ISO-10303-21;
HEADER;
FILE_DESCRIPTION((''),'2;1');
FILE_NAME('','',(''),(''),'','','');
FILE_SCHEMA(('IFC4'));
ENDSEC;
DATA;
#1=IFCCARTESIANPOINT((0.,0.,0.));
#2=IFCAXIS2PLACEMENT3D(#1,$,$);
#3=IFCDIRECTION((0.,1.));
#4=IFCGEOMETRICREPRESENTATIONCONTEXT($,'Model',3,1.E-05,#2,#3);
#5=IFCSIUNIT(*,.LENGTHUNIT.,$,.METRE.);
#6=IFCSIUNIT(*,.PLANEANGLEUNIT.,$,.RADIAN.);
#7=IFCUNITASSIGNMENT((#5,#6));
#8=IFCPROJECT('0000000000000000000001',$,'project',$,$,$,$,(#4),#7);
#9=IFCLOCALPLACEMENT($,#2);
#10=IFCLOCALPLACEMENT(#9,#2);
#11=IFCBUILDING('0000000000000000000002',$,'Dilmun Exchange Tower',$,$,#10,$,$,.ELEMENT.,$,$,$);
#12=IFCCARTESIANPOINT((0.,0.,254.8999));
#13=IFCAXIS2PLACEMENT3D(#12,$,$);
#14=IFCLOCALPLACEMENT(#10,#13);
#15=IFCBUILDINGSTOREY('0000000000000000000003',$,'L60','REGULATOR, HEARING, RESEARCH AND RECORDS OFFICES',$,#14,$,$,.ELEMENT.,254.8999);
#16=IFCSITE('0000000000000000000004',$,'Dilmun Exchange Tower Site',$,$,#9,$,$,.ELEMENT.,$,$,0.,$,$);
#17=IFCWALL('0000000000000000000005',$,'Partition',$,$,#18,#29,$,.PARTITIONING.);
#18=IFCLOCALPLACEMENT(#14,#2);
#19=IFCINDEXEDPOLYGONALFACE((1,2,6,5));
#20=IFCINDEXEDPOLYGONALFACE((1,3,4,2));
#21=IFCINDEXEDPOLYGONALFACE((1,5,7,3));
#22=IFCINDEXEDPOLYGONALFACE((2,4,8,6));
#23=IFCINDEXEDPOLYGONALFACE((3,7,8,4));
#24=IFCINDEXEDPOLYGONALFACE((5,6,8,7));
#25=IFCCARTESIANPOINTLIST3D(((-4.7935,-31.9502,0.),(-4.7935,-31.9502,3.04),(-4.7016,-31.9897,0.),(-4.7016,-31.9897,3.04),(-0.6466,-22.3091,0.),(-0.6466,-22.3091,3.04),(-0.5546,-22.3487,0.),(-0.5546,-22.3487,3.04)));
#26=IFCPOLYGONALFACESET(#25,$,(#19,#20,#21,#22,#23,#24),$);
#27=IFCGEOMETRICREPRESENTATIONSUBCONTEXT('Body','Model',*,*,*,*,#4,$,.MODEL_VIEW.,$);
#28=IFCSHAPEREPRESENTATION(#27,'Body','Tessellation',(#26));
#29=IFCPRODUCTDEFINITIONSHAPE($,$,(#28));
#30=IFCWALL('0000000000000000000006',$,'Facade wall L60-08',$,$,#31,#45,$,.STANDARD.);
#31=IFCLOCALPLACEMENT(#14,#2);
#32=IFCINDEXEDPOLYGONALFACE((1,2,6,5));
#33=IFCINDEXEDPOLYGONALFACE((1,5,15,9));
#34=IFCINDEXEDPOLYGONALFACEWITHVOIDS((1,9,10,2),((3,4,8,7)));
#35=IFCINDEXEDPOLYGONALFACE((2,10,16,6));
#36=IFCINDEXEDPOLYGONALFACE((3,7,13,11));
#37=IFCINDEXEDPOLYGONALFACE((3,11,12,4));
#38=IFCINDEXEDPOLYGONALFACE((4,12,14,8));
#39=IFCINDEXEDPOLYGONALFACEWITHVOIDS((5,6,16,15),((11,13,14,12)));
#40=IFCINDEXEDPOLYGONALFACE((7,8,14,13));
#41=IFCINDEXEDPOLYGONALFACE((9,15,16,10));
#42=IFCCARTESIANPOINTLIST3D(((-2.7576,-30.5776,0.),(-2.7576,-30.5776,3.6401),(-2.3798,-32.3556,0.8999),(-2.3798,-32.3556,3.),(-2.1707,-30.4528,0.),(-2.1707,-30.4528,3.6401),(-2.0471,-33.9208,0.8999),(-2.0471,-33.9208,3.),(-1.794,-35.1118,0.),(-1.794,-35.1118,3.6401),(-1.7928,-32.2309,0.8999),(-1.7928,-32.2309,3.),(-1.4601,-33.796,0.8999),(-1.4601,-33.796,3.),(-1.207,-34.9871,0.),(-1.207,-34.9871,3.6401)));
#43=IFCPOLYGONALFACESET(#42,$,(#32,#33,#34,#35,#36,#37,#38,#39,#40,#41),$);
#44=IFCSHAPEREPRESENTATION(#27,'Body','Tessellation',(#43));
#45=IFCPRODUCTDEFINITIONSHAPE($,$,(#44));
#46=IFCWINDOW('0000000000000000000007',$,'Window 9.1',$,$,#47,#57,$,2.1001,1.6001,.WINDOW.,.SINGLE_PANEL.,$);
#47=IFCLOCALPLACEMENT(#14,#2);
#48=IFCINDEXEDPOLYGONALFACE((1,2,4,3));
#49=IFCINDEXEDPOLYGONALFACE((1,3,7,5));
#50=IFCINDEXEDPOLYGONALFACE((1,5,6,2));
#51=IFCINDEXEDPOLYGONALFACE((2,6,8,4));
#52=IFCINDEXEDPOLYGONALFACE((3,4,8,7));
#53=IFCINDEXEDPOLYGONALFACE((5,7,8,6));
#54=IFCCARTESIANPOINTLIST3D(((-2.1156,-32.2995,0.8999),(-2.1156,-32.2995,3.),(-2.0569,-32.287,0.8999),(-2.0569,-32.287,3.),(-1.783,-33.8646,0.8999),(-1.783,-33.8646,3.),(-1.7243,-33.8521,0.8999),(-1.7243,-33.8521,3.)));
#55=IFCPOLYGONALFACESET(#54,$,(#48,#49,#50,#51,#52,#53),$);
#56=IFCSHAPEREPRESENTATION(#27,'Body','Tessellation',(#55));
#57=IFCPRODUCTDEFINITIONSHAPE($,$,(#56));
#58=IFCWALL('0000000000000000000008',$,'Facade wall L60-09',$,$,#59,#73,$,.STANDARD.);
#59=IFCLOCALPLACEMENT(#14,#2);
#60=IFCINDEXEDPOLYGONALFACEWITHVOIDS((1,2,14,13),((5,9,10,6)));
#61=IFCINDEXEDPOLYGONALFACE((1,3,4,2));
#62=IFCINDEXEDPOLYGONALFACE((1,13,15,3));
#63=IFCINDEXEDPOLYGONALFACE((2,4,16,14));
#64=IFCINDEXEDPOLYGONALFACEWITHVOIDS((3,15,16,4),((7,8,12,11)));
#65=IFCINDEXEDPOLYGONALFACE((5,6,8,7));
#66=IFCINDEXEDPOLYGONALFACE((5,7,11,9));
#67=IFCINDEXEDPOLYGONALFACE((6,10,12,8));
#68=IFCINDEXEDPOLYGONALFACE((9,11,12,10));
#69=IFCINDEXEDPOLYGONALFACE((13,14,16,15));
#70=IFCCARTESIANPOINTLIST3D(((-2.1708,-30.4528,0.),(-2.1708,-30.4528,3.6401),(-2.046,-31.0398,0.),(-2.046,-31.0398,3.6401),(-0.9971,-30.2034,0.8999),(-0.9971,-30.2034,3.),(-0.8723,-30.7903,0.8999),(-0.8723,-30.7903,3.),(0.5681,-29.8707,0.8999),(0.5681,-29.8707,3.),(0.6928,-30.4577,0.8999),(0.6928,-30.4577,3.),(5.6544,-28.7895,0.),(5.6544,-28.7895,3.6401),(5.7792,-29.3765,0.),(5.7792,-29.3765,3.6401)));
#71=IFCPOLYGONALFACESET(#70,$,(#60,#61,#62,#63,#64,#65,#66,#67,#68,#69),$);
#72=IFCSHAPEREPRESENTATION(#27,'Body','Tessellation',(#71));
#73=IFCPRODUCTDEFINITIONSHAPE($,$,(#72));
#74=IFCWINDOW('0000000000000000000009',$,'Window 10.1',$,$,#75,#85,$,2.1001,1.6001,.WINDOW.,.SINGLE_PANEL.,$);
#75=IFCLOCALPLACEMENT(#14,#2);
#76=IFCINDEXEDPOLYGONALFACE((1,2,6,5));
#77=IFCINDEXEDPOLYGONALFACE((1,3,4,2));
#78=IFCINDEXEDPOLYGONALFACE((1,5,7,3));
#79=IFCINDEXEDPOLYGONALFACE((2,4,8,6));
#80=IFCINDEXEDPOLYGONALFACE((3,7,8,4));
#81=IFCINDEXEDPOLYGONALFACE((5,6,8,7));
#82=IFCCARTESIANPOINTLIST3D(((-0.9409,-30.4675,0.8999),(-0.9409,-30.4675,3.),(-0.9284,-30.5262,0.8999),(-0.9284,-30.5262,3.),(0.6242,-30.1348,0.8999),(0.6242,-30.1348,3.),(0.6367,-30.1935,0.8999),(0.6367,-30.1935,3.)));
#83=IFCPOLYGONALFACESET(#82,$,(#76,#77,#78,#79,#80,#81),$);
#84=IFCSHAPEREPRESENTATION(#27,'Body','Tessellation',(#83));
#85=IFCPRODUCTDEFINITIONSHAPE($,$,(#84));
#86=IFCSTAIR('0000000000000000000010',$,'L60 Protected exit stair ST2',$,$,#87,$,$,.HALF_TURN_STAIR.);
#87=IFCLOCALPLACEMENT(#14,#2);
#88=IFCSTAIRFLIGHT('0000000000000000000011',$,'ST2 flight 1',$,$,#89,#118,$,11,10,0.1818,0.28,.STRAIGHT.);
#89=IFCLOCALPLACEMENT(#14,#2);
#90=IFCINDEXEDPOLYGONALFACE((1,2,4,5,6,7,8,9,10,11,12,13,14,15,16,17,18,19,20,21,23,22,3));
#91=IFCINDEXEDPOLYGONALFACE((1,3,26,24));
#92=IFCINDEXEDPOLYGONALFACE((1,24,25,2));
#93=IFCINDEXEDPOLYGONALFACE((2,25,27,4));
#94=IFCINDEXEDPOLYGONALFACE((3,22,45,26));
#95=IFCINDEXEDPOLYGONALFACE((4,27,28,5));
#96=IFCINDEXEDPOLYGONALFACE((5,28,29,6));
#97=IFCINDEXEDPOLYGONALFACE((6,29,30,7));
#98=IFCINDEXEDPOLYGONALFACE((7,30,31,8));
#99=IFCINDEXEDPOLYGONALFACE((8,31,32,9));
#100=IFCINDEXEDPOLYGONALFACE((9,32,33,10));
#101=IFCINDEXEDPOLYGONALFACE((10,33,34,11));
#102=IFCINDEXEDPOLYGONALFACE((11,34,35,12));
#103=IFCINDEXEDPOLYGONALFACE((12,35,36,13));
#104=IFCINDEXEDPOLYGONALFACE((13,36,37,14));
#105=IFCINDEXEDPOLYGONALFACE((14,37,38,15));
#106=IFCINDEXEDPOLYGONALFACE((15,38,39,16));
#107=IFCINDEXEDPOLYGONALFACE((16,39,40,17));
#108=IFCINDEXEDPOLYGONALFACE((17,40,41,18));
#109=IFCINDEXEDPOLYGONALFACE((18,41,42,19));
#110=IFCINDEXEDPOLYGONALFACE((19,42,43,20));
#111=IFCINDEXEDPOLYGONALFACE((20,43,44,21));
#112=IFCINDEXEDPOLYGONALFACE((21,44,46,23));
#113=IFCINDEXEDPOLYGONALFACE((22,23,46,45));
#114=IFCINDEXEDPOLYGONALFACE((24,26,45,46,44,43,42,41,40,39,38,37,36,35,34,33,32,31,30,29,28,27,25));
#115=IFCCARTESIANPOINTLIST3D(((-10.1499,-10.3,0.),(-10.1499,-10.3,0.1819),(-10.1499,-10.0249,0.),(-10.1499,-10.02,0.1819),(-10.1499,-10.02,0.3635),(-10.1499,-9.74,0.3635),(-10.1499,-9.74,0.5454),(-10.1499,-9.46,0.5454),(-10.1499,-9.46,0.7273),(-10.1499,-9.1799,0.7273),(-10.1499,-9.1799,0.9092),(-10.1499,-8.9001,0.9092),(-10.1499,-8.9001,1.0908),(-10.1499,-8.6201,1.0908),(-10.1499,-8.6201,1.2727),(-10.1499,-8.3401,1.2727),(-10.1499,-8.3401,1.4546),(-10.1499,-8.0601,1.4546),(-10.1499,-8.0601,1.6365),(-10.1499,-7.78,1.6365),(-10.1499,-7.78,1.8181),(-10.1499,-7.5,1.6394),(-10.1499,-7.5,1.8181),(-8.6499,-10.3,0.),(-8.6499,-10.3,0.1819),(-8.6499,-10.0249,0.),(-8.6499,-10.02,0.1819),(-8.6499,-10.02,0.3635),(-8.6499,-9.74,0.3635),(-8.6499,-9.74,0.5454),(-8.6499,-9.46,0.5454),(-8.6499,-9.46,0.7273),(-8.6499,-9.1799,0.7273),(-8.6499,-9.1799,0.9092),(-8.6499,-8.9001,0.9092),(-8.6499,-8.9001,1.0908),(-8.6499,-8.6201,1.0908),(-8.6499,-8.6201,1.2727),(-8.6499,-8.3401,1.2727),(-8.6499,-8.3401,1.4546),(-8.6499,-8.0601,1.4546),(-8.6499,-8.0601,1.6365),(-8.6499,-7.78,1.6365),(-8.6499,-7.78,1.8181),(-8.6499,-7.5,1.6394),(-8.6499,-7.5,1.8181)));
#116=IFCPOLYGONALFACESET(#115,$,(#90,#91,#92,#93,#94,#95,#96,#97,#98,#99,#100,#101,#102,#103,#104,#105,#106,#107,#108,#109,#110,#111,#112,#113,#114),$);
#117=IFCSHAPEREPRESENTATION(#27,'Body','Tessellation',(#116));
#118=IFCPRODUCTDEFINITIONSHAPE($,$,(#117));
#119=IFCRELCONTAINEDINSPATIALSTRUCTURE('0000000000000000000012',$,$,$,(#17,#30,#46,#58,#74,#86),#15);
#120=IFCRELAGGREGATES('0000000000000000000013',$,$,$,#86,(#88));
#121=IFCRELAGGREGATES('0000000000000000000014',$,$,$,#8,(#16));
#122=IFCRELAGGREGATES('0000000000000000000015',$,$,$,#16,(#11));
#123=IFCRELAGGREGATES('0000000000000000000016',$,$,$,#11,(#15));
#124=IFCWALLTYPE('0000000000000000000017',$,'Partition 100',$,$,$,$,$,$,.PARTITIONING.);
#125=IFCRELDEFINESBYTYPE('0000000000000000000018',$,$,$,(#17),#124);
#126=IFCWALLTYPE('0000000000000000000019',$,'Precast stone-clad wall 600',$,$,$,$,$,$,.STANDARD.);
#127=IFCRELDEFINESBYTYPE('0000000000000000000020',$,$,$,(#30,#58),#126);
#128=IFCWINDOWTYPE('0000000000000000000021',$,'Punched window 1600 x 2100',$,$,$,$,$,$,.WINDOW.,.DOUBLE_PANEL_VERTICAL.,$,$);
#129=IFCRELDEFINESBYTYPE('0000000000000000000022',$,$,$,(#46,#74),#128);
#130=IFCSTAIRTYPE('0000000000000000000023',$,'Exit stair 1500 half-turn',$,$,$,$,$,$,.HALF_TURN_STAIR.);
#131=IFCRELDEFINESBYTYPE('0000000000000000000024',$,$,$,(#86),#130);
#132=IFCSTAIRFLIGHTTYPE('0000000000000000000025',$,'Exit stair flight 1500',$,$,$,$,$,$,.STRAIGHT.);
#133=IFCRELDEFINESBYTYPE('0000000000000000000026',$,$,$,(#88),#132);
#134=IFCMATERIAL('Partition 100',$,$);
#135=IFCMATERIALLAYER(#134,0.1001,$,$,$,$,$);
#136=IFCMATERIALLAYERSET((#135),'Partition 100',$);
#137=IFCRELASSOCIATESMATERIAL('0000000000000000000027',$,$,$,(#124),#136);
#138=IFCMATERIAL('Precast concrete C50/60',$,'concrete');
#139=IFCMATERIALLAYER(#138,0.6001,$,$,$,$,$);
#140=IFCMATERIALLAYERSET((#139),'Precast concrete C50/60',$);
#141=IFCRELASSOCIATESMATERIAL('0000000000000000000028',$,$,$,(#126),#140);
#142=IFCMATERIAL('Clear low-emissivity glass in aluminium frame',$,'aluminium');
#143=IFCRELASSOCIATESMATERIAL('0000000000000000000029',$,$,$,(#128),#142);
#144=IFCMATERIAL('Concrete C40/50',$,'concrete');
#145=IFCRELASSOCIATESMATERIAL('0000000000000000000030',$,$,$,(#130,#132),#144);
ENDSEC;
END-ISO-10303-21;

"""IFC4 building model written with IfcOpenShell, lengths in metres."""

from ifc_helpers import new_model, si_unit, direction, frame, frame_2d, origin, place, context, subcontext, project, spatial, polyline, rectangle, outline, extrude, material, layer, layer_set, type_object, element, fill, aggregate, save


model = new_model("IFC4")

# Units and contexts
model_context = context("Model", 3, precision=1e-05, world=origin(), true_north=direction((0.0, 1.0)))
body_context = subcontext(model_context, "Body", "Model", "MODEL_VIEW")
ifc_project = project(units=[si_unit("LENGTHUNIT", "METRE"), si_unit("PLANEANGLEUNIT", "RADIAN")], contexts=[model_context])

# Site, building, storey
site_placement = place(None, origin())
site = spatial("IfcSite", under=ifc_project, at=site_placement, Name="Dilmun Exchange Tower Site", CompositionType="ELEMENT", RefElevation=0.0)
building_placement = place(site_placement, origin())
building = spatial("IfcBuilding", under=site, at=building_placement, Name="Dilmun Exchange Tower", CompositionType="ELEMENT")
storey_placement = place(building_placement, frame((0.0, 0.0, 254.8999)))
storey = spatial("IfcBuildingStorey", under=building, at=storey_placement, Name="L60", Description="REGULATOR, HEARING, RESEARCH AND RECORDS OFFICES", CompositionType="ELEMENT", Elevation=254.8999)

# Shared definitions
ifc_material_1 = material(Name="Concrete C40/50", Category="concrete")

# Wall
ifc_material_2 = material(Name="Partition 100")
ifc_layer_1 = layer(ifc_material_2, 0.1001)
ifc_layer_set_1 = layer_set([ifc_layer_1], Name="Partition 100")
wall_type_1 = type_object("IfcWallType", Name="Partition 100", PredefinedType="PARTITIONING", material=ifc_layer_set_1)
wall_1_placement = place(storey_placement, frame((-4.7476, -31.97, 0.0), z_axis=(0.0, 0.0, 1.0), x_axis=(0.395132, 0.918624, 0.0)))
element("IfcWall", 1, at=wall_1_placement, inside=storey, type_object=wall_type_1, Name="Partition", PredefinedType="PARTITIONING", context=body_context, shape_type="SweptSolid", body=[
    extrude(rectangle(XDim=10.4951, YDim=0.1001, at=frame_2d((5.2476, 0.0))), origin(), (0.0, 0.0, 1.0), 3.04),
])

# Walls, openings, windows
ifc_material_3 = material(Name="Precast concrete C50/60", Category="concrete")
ifc_layer_2 = layer(ifc_material_3, 0.6001)
ifc_layer_set_2 = layer_set([ifc_layer_2], Name="Precast concrete C50/60")
wall_type_2 = type_object("IfcWallType", Name="Precast stone-clad wall 600", PredefinedType="STANDARD", material=ifc_layer_set_2)
wall_2_placement = place(storey_placement, frame((-1.5005, -35.0496, 0.0), z_axis=(0.0, 0.0, 1.0), x_axis=(-0.207881, 0.978154, 0.0)))
wall_2 = element("IfcWall", 2, at=wall_2_placement, inside=storey, type_object=wall_type_2, Name="Facade wall L60-08", PredefinedType="STANDARD", context=body_context, shape_type="SweptSolid", body=[
    extrude(rectangle(XDim=4.6355, YDim=0.6001, at=frame_2d((2.3179, 0.0))), origin(), (0.0, 0.0, 1.0), 3.6401),
])
opening_1_placement = place(wall_2_placement, frame((1.2178, 0.0, 0.8999)))
opening_1 = element("IfcOpeningElement", 3, at=opening_1_placement, cuts=wall_2, PredefinedType="OPENING", context=body_context, shape_type="SweptSolid", body=[
    extrude(rectangle(XDim=1.6001, YDim=2.1001, at=frame_2d((0.8, 1.05))), frame((0.0, 0.3101, 0.0), z_axis=(0.0, -1.0, 0.0), x_axis=(1.0, 0.0, 0.0)), (0.0, 0.0, 1.0), 0.6201),
])
ifc_material_4 = material(Name="Clear low-emissivity glass in aluminium frame", Category="aluminium")
window_type = type_object("IfcWindowType", Name="Punched window 1600 x 2100", PartitioningType="DOUBLE_PANEL_VERTICAL", PredefinedType="WINDOW", material=ifc_material_4)
window_1_placement = place(opening_1_placement, origin())
window_1 = element("IfcWindow", 4, at=window_1_placement, inside=storey, type_object=window_type, Name="Window 9.1", OverallHeight=2.1001, OverallWidth=1.6001, PartitioningType="SINGLE_PANEL", PredefinedType="WINDOW", context=body_context, shape_type="SweptSolid", body=[
    extrude(rectangle(XDim=1.6001, YDim=2.1001, at=frame_2d((0.8, 1.05))), frame((0.0, 0.03, 0.0), z_axis=(0.0, -1.0, 0.0), x_axis=(1.0, 0.0, 0.0)), (0.0, 0.0, 1.0), 0.0601),
])
fill(opening_1, window_1)
wall_3_placement = place(storey_placement, frame((-2.1084, -30.7463, 0.0), z_axis=(0.0, 0.0, 1.0), x_axis=(0.978147, 0.207916, 0.0)))
wall_3 = element("IfcWall", 5, at=wall_3_placement, inside=storey, type_object=wall_type_2, Name="Facade wall L60-09", PredefinedType="STANDARD", context=body_context, shape_type="SweptSolid", body=[
    extrude(rectangle(XDim=8.0, YDim=0.6001, at=frame_2d((4.0, 0.0))), origin(), (0.0, 0.0, 1.0), 3.6401),
])
opening_2_placement = place(wall_3_placement, frame((1.2, 0.0, 0.8999)))
opening_2 = element("IfcOpeningElement", 6, at=opening_2_placement, cuts=wall_3, PredefinedType="OPENING", context=body_context, shape_type="SweptSolid", body=[
    extrude(rectangle(XDim=1.6001, YDim=2.1001, at=frame_2d((0.8, 1.05))), frame((0.0, 0.3101, 0.0), z_axis=(0.0, -1.0, 0.0), x_axis=(1.0, 0.0, 0.0)), (0.0, 0.0, 1.0), 0.6201),
])
window_2_placement = place(opening_2_placement, origin())
window_2 = element("IfcWindow", 7, at=window_2_placement, inside=storey, type_object=window_type, Name="Window 10.1", OverallHeight=2.1001, OverallWidth=1.6001, PartitioningType="SINGLE_PANEL", PredefinedType="WINDOW", context=body_context, shape_type="SweptSolid", body=[
    extrude(rectangle(XDim=1.6001, YDim=2.1001, at=frame_2d((0.8, 1.05))), frame((0.0, 0.03, 0.0), z_axis=(0.0, -1.0, 0.0), x_axis=(1.0, 0.0, 0.0)), (0.0, 0.0, 1.0), 0.0601),
])
fill(opening_2, window_2)

# Stair, stair flight
stair_type = type_object("IfcStairType", Name="Exit stair 1500 half-turn", PredefinedType="HALF_TURN_STAIR", material=ifc_material_1)
stair_placement = place(storey_placement, origin())
stair = element("IfcStair", 8, at=stair_placement, inside=storey, type_object=stair_type, Name="L60 Protected exit stair ST2", PredefinedType="HALF_TURN_STAIR")
stair_flight_type = type_object("IfcStairFlightType", Name="Exit stair flight 1500", PredefinedType="STRAIGHT", material=ifc_material_1)
stair_flight_placement = place(storey_placement, frame((-9.3999, -10.3, 0.0), z_axis=(0.0, 0.0, 1.0), x_axis=(0.0, 1.0, 0.0)))
stair_flight = element("IfcStairFlight", 9, at=stair_flight_placement, type_object=stair_flight_type, Name="ST2 flight 1", NumberOfRisers=11, NumberOfTreads=10, PredefinedType="STRAIGHT", RiserHeight=0.1818, TreadLength=0.28, context=body_context, shape_type="SweptSolid", body=[
    extrude(outline(polyline([(0.0, 0.0), (0.0, 0.1819), (0.28, 0.1819), (0.28, 0.3635), (0.5601, 0.3635), (0.5601, 0.5454), (0.8401, 0.5454), (0.8401, 0.7273), (1.1201, 0.7273), (1.1201, 0.9092), (1.3999, 0.9092), (1.3999, 1.0908), (1.6799, 1.0908), (1.6799, 1.2727), (1.96, 1.2727), (1.96, 1.4546), (2.24, 1.4546), (2.24, 1.6365), (2.52, 1.6365), (2.52, 1.8181), (2.8, 1.8181), (2.8, 2.0), (2.8, 1.6394), (0.2751, 0.0), (0.0, 0.0)])), frame((0.0, 0.75, 0.0), z_axis=(0.0, -1.0, 0.0), x_axis=(1.0, 0.0, 0.0)), (0.0, 0.0, 1.0), 1.5),
])
aggregate(stair, [stair_flight])

save(model, "model.ifc")
